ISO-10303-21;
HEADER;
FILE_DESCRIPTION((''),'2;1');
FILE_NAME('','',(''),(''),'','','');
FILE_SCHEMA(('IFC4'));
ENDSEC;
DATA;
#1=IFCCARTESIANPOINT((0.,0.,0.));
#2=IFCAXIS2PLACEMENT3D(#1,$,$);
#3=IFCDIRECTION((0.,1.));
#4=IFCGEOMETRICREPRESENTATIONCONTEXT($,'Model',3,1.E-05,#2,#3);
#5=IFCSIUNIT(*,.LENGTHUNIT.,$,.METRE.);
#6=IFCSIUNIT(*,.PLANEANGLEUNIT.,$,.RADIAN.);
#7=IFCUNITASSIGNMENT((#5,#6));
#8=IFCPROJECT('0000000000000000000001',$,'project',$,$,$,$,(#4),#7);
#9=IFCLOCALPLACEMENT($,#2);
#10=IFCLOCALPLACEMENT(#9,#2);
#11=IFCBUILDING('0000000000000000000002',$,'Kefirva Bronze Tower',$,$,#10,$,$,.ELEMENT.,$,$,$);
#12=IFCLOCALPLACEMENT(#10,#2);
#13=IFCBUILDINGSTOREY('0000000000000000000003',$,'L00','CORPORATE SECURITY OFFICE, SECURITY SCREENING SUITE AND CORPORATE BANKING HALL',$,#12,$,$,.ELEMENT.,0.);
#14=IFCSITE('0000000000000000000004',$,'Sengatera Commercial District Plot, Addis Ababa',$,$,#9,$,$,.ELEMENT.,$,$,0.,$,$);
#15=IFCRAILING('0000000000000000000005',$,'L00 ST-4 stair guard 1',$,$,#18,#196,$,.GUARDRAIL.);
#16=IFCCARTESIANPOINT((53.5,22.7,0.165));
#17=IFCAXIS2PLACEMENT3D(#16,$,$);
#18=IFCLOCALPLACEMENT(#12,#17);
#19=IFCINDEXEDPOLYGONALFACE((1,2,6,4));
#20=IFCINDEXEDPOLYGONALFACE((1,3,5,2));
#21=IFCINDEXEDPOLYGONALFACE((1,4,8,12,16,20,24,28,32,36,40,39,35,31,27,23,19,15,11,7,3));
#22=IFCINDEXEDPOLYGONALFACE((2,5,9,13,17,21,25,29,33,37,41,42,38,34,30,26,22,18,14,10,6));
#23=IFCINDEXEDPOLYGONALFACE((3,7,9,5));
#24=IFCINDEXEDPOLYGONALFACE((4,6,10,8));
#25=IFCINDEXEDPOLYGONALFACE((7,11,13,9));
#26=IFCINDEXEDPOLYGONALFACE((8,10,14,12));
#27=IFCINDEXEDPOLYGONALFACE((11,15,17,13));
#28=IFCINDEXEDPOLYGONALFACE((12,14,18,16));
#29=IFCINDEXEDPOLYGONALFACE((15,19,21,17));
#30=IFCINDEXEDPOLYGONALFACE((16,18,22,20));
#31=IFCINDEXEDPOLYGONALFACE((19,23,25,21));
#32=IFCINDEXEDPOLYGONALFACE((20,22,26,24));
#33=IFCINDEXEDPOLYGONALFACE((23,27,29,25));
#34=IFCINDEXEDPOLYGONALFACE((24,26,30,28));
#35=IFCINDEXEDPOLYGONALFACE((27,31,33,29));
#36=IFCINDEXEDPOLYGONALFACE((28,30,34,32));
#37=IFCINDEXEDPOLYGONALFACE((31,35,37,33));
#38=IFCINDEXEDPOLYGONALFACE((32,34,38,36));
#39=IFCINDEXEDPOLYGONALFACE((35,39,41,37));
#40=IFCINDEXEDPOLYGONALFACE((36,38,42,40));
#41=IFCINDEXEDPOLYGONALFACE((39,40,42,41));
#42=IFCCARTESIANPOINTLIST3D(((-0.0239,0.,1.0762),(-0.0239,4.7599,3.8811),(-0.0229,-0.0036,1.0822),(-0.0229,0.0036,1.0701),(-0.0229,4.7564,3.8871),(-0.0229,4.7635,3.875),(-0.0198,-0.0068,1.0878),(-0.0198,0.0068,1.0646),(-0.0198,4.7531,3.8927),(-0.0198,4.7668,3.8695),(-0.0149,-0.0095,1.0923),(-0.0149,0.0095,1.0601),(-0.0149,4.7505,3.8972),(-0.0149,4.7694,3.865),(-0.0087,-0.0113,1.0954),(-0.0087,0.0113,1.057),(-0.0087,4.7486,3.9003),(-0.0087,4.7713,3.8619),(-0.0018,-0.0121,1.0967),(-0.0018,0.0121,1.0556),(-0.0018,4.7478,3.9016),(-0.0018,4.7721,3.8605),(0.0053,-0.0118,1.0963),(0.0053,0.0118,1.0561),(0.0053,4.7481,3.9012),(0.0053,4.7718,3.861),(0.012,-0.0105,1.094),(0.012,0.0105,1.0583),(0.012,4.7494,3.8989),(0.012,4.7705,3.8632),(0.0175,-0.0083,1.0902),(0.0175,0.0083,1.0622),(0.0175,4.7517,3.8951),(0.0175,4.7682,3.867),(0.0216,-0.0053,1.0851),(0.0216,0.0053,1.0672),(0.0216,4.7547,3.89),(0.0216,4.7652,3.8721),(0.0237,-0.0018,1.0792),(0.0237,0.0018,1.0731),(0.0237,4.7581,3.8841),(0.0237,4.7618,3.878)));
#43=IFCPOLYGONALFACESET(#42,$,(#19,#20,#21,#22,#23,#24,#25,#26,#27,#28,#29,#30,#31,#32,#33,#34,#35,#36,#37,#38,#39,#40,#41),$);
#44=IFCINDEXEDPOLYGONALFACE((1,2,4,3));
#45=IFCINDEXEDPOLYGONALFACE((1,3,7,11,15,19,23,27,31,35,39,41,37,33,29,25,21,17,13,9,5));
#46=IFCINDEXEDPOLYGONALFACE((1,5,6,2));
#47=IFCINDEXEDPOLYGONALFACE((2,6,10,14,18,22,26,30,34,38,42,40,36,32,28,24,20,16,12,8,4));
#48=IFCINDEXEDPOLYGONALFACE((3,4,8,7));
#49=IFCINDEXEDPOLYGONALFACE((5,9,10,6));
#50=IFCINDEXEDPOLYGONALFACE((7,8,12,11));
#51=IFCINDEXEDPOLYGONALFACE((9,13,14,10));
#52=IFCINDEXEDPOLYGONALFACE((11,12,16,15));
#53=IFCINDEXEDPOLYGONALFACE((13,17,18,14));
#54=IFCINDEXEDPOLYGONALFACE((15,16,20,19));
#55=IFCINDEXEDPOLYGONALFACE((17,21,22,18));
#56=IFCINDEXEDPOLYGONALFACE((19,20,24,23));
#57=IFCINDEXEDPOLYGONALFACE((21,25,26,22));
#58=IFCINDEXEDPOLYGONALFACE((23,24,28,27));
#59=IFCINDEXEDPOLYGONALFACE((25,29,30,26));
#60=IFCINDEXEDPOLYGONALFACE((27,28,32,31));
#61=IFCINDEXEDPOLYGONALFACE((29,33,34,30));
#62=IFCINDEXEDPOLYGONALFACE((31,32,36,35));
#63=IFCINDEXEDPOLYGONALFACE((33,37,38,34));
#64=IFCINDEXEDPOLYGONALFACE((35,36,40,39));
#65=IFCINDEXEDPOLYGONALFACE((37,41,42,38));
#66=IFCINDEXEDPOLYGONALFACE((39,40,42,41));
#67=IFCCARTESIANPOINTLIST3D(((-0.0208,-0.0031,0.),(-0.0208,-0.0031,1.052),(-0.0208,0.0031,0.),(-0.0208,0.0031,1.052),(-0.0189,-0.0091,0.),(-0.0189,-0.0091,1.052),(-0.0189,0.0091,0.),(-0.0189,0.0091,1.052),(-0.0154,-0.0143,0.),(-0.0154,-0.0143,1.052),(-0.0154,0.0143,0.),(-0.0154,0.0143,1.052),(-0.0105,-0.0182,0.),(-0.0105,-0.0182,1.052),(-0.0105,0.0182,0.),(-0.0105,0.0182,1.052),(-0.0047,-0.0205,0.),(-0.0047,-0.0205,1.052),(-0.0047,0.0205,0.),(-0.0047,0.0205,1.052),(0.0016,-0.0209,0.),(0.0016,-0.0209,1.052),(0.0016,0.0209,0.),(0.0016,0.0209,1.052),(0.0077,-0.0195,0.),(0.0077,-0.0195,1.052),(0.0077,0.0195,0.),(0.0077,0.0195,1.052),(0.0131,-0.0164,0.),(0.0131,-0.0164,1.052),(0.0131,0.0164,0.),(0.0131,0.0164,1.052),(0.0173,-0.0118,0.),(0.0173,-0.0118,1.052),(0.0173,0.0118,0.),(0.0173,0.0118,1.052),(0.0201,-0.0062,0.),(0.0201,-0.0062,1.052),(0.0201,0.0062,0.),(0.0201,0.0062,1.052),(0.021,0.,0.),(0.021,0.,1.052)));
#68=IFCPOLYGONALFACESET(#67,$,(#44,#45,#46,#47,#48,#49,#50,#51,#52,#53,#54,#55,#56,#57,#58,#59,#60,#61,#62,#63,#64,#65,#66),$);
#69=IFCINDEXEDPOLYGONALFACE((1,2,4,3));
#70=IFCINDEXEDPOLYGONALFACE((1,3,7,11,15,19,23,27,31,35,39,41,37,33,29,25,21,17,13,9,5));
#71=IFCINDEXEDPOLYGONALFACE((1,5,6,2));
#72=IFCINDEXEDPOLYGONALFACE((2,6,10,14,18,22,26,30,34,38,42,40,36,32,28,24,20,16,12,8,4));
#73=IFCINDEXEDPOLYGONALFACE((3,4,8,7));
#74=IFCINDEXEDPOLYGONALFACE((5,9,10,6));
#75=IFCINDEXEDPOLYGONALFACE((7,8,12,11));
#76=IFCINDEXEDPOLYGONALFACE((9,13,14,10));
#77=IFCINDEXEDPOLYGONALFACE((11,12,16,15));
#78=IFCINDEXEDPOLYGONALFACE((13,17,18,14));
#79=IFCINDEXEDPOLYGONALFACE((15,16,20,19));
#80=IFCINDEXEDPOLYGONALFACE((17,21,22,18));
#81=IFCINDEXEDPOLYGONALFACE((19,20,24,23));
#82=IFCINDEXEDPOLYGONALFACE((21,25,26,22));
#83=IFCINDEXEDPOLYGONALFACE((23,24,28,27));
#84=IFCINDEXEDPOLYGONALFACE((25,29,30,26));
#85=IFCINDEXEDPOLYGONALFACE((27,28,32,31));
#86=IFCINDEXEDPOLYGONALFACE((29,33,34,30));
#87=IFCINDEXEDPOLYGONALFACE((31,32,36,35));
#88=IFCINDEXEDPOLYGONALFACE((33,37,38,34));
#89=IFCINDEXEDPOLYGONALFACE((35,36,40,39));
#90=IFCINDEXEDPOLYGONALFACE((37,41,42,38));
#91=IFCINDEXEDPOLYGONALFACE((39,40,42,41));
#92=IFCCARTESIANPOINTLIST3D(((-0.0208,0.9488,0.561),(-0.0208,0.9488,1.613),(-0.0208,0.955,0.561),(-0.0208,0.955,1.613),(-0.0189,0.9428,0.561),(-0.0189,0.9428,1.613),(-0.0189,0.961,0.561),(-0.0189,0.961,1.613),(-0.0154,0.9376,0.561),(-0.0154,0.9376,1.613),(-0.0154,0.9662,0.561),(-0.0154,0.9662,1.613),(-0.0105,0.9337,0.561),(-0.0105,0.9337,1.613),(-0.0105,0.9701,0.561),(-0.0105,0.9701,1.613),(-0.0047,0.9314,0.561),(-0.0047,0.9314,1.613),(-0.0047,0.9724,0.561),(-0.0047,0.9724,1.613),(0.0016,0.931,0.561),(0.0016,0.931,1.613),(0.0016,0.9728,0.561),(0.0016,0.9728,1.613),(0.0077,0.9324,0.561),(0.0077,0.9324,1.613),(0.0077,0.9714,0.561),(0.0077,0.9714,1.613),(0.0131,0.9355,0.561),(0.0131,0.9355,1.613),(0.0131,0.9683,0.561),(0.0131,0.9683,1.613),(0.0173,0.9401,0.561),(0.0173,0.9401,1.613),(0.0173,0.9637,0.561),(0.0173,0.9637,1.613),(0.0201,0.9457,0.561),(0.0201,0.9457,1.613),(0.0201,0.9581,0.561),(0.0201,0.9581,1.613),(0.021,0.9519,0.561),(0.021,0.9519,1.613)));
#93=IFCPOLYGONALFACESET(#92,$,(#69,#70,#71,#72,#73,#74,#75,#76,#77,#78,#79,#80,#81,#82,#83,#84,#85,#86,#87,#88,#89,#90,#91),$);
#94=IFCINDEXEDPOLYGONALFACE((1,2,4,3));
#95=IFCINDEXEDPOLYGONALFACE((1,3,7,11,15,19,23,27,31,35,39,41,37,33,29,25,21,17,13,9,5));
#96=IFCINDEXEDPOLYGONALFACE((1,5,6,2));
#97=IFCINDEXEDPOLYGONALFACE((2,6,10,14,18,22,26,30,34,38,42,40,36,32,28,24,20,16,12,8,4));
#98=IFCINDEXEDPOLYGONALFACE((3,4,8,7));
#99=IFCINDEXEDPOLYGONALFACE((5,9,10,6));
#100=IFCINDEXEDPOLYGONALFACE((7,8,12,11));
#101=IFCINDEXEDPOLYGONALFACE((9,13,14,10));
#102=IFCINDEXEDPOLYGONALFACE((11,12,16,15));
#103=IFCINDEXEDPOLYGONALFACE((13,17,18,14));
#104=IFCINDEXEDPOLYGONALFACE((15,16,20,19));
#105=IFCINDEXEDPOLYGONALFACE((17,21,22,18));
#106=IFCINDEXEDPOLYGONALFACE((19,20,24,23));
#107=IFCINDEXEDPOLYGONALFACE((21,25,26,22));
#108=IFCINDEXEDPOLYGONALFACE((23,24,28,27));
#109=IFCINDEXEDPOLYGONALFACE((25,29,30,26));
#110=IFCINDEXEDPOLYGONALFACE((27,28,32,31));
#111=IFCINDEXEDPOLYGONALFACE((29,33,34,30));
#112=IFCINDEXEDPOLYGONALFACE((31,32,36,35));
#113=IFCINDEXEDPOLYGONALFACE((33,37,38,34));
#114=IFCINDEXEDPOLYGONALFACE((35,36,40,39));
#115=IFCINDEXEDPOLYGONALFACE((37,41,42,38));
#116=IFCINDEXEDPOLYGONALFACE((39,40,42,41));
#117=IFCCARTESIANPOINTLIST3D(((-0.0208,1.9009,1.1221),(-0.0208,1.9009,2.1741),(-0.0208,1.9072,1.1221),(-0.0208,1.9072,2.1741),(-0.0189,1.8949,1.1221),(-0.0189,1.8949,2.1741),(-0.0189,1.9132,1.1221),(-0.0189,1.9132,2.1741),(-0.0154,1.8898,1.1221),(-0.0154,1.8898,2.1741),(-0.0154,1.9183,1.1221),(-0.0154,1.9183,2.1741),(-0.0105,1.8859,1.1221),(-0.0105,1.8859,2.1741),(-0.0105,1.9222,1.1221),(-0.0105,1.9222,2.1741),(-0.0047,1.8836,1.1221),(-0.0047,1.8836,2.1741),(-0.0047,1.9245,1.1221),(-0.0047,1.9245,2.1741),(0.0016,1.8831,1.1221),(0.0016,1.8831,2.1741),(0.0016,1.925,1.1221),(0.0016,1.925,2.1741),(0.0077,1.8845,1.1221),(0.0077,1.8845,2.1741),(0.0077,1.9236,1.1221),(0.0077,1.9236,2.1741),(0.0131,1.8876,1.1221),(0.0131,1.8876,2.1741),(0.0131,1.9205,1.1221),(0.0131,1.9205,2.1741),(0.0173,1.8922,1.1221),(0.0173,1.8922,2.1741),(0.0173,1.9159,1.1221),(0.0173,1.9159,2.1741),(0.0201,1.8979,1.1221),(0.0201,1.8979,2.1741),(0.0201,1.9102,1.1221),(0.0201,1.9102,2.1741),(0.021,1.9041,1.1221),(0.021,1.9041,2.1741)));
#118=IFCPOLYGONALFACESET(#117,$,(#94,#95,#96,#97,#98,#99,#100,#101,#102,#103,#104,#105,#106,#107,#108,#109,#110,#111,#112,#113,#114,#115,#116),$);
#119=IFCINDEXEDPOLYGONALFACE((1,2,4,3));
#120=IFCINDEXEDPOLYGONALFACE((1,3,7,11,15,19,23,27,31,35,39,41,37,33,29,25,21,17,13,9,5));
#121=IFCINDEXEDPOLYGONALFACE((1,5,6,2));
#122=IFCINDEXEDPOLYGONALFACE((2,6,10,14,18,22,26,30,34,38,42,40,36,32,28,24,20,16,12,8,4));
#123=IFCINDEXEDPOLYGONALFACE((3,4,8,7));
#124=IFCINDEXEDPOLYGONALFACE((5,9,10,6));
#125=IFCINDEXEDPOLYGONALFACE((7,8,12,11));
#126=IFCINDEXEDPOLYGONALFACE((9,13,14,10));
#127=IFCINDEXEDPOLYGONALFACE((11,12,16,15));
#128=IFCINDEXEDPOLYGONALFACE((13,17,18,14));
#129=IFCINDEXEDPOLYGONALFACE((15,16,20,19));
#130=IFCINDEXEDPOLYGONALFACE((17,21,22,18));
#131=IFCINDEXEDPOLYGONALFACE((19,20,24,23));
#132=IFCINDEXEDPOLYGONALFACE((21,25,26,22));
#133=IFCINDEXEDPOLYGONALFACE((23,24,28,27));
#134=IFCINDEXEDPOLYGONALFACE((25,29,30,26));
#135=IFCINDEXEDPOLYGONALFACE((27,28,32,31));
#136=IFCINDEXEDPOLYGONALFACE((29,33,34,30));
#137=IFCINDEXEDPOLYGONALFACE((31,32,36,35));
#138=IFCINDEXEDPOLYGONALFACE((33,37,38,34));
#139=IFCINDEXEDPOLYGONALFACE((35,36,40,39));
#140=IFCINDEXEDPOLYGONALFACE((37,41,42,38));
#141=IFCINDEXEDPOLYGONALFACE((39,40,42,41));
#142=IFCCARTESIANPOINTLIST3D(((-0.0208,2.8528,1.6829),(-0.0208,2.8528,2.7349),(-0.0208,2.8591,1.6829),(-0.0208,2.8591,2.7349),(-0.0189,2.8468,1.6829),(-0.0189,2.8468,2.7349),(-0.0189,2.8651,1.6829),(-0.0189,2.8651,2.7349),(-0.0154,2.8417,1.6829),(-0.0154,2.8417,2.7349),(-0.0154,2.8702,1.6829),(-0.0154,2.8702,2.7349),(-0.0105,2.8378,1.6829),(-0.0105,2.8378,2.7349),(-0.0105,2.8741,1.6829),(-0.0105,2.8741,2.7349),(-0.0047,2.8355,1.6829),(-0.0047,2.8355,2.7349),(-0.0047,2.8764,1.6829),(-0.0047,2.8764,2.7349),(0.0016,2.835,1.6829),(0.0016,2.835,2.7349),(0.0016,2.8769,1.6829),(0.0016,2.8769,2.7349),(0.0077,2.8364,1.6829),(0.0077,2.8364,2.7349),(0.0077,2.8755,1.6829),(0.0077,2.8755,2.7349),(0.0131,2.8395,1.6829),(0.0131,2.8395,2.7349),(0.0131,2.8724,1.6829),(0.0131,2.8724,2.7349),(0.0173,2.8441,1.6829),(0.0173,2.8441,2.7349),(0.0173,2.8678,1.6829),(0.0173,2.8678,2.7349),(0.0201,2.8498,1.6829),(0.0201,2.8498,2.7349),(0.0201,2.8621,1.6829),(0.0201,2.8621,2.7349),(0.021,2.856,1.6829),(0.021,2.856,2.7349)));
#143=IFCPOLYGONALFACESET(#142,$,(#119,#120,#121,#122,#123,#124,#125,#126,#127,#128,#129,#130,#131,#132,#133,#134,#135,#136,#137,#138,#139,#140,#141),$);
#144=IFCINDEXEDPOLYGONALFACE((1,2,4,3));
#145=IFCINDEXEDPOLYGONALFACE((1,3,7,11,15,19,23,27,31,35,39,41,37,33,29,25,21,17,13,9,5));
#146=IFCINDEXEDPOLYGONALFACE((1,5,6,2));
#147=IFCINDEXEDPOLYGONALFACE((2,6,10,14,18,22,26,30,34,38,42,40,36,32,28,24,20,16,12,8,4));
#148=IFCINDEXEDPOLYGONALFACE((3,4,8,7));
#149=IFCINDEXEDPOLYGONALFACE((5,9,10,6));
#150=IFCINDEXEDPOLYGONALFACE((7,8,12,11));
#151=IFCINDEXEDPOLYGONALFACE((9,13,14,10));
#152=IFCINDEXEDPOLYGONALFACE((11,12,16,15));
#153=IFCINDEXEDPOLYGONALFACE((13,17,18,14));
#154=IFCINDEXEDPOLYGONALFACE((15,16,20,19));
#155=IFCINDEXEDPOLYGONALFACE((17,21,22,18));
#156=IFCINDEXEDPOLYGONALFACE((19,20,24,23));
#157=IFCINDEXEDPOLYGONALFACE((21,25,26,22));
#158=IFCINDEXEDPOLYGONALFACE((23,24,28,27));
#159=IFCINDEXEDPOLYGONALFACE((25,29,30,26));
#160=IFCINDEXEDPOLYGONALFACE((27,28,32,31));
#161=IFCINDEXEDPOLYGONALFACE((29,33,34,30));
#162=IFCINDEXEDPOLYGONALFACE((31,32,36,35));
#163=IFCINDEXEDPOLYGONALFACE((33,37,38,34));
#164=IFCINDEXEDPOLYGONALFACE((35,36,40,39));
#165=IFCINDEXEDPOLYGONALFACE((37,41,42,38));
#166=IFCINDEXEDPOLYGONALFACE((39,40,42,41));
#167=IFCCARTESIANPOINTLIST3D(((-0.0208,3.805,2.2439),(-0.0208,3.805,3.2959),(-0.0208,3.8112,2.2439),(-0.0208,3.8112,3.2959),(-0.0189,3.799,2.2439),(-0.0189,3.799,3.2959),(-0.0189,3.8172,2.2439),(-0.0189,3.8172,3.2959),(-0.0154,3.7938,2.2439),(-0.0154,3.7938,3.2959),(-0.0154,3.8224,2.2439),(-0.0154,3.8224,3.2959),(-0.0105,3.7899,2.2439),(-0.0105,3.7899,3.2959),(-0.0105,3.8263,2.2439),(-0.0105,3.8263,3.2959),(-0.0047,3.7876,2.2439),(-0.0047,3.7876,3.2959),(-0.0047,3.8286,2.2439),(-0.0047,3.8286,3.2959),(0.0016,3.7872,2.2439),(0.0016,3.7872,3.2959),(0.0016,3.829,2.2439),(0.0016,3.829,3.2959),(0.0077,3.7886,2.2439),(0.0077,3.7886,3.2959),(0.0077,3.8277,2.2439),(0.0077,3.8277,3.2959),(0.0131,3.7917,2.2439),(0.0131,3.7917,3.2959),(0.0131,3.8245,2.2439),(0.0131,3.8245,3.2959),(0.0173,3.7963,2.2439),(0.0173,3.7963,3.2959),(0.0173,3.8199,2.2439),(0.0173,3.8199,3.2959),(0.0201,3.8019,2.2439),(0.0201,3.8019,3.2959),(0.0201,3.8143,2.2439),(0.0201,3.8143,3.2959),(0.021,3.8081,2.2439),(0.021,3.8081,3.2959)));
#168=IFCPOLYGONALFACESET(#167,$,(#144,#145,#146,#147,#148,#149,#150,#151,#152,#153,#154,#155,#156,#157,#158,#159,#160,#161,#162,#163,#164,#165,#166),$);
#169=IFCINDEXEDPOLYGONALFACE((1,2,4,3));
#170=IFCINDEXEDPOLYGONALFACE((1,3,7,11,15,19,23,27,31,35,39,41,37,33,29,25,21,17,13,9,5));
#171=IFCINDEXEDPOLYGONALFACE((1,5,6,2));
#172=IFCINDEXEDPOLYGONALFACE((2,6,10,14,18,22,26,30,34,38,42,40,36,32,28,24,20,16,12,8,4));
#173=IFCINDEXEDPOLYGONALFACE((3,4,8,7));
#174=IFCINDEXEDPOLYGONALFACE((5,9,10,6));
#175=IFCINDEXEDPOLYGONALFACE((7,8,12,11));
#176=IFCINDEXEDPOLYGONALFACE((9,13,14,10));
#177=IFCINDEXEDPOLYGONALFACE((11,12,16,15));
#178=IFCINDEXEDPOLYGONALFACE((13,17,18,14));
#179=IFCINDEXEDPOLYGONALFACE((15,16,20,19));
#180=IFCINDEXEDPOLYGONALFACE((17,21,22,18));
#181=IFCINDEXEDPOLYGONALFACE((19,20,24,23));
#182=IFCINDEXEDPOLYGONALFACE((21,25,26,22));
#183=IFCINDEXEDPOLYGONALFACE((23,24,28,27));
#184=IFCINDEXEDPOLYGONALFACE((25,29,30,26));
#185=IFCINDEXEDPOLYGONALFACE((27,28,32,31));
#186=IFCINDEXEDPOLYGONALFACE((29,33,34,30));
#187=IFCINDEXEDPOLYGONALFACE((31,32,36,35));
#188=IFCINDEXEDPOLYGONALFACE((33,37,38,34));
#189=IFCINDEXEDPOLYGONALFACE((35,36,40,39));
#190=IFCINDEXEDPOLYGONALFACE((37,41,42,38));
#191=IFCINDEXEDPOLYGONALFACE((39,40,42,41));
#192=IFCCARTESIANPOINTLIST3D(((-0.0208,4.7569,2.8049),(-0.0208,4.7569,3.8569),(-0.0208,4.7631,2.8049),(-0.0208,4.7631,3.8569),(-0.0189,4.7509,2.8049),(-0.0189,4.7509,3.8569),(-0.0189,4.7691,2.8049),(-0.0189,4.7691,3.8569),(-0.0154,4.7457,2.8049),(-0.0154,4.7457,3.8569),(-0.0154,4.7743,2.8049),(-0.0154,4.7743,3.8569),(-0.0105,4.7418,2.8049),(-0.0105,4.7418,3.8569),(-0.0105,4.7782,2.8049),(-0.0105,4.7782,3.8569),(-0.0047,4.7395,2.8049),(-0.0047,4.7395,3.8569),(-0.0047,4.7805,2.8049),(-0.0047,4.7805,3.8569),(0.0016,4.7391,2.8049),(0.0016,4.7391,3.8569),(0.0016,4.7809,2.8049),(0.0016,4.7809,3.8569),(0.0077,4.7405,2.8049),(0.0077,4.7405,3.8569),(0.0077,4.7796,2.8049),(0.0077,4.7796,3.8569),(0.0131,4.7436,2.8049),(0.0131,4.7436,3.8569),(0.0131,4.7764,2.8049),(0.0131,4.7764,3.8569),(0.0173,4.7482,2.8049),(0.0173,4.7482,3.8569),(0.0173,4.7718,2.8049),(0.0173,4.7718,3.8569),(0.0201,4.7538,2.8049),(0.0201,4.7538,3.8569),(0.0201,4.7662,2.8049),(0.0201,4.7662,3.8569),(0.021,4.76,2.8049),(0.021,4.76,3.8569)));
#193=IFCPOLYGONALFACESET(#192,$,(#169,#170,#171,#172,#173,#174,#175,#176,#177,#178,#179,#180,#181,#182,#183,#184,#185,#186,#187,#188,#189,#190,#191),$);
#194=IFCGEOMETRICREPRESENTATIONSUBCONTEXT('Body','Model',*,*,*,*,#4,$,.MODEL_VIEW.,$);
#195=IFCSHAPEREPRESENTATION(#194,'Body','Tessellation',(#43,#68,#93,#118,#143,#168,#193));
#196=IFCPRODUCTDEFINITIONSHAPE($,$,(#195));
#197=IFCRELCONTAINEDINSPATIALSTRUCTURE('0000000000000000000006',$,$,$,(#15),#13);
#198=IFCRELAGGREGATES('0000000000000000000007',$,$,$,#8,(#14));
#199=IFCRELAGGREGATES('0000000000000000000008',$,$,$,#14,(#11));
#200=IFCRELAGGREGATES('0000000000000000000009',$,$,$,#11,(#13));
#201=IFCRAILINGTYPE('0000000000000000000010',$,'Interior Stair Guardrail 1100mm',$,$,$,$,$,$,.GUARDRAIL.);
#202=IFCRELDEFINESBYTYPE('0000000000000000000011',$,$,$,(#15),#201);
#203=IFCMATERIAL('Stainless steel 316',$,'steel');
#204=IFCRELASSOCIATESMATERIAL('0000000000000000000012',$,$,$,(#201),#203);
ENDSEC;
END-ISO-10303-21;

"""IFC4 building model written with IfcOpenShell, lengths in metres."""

from ifc_helpers import new_model, si_unit, direction, frame, origin, origin_2d, place, context, subcontext, project, spatial, circle, extrude, material, type_object, element, save


model = new_model("IFC4")

# Units and contexts
model_context = context("Model", 3, precision=1e-05, world=origin(), true_north=direction((0.0, 1.0)))
body_context = subcontext(model_context, "Body", "Model", "MODEL_VIEW")
ifc_project = project(units=[si_unit("LENGTHUNIT", "METRE"), si_unit("PLANEANGLEUNIT", "RADIAN")], contexts=[model_context])

# Site, building, storey
site_placement = place(None, origin())
site = spatial("IfcSite", under=ifc_project, at=site_placement, Name="Sengatera Commercial District Plot, Addis Ababa", CompositionType="ELEMENT", RefElevation=0.0)
building_placement = place(site_placement, origin())
building = spatial("IfcBuilding", under=site, at=building_placement, Name="Kefirva Bronze Tower", CompositionType="ELEMENT")
storey_placement = place(building_placement, origin())
storey = spatial("IfcBuildingStorey", under=building, at=storey_placement, Name="L00", Description="CORPORATE SECURITY OFFICE, SECURITY SCREENING SUITE AND CORPORATE BANKING HALL", CompositionType="ELEMENT", Elevation=0.0)

# Railing
ifc_material_1 = material(Name="Stainless steel 316", Category="steel")
railing_type_1 = type_object("IfcRailingType", Name="Interior Stair Guardrail 1100mm", PredefinedType="GUARDRAIL", material=ifc_material_1)
railing_1_placement = place(storey_placement, frame((53.5, 22.7, 0.165)))
element("IfcRailing", 1, at=railing_1_placement, inside=storey, type_object=railing_type_1, Name="L00 ST-4 stair guard 1", PredefinedType="GUARDRAIL", context=body_context, shape_type="SweptSolid", body=[
    extrude(circle(Radius=0.0239, at=origin_2d()), frame((0.0, 0.0, 1.0762), z_axis=(0.0, 0.861544, 0.507682), x_axis=(-1.0, 0.0, 0.0)), (0.0, 0.0, 1.0), 5.5249),
    extrude(circle(Radius=0.021, at=origin_2d()), origin(), (0.0, 0.0, 1.0), 1.052),
    extrude(circle(Radius=0.021, at=origin_2d()), frame((0.0, 0.9519, 0.561)), (0.0, 0.0, 1.0), 1.052),
    extrude(circle(Radius=0.021, at=origin_2d()), frame((0.0, 1.9041, 1.1221)), (0.0, 0.0, 1.0), 1.052),
    extrude(circle(Radius=0.021, at=origin_2d()), frame((0.0, 2.856, 1.6829)), (0.0, 0.0, 1.0), 1.052),
    extrude(circle(Radius=0.021, at=origin_2d()), frame((0.0, 3.8081, 2.2439)), (0.0, 0.0, 1.0), 1.052),
    extrude(circle(Radius=0.021, at=origin_2d()), frame((0.0, 4.76, 2.8049)), (0.0, 0.0, 1.0), 1.052),
])

save(model, "model.ifc")
